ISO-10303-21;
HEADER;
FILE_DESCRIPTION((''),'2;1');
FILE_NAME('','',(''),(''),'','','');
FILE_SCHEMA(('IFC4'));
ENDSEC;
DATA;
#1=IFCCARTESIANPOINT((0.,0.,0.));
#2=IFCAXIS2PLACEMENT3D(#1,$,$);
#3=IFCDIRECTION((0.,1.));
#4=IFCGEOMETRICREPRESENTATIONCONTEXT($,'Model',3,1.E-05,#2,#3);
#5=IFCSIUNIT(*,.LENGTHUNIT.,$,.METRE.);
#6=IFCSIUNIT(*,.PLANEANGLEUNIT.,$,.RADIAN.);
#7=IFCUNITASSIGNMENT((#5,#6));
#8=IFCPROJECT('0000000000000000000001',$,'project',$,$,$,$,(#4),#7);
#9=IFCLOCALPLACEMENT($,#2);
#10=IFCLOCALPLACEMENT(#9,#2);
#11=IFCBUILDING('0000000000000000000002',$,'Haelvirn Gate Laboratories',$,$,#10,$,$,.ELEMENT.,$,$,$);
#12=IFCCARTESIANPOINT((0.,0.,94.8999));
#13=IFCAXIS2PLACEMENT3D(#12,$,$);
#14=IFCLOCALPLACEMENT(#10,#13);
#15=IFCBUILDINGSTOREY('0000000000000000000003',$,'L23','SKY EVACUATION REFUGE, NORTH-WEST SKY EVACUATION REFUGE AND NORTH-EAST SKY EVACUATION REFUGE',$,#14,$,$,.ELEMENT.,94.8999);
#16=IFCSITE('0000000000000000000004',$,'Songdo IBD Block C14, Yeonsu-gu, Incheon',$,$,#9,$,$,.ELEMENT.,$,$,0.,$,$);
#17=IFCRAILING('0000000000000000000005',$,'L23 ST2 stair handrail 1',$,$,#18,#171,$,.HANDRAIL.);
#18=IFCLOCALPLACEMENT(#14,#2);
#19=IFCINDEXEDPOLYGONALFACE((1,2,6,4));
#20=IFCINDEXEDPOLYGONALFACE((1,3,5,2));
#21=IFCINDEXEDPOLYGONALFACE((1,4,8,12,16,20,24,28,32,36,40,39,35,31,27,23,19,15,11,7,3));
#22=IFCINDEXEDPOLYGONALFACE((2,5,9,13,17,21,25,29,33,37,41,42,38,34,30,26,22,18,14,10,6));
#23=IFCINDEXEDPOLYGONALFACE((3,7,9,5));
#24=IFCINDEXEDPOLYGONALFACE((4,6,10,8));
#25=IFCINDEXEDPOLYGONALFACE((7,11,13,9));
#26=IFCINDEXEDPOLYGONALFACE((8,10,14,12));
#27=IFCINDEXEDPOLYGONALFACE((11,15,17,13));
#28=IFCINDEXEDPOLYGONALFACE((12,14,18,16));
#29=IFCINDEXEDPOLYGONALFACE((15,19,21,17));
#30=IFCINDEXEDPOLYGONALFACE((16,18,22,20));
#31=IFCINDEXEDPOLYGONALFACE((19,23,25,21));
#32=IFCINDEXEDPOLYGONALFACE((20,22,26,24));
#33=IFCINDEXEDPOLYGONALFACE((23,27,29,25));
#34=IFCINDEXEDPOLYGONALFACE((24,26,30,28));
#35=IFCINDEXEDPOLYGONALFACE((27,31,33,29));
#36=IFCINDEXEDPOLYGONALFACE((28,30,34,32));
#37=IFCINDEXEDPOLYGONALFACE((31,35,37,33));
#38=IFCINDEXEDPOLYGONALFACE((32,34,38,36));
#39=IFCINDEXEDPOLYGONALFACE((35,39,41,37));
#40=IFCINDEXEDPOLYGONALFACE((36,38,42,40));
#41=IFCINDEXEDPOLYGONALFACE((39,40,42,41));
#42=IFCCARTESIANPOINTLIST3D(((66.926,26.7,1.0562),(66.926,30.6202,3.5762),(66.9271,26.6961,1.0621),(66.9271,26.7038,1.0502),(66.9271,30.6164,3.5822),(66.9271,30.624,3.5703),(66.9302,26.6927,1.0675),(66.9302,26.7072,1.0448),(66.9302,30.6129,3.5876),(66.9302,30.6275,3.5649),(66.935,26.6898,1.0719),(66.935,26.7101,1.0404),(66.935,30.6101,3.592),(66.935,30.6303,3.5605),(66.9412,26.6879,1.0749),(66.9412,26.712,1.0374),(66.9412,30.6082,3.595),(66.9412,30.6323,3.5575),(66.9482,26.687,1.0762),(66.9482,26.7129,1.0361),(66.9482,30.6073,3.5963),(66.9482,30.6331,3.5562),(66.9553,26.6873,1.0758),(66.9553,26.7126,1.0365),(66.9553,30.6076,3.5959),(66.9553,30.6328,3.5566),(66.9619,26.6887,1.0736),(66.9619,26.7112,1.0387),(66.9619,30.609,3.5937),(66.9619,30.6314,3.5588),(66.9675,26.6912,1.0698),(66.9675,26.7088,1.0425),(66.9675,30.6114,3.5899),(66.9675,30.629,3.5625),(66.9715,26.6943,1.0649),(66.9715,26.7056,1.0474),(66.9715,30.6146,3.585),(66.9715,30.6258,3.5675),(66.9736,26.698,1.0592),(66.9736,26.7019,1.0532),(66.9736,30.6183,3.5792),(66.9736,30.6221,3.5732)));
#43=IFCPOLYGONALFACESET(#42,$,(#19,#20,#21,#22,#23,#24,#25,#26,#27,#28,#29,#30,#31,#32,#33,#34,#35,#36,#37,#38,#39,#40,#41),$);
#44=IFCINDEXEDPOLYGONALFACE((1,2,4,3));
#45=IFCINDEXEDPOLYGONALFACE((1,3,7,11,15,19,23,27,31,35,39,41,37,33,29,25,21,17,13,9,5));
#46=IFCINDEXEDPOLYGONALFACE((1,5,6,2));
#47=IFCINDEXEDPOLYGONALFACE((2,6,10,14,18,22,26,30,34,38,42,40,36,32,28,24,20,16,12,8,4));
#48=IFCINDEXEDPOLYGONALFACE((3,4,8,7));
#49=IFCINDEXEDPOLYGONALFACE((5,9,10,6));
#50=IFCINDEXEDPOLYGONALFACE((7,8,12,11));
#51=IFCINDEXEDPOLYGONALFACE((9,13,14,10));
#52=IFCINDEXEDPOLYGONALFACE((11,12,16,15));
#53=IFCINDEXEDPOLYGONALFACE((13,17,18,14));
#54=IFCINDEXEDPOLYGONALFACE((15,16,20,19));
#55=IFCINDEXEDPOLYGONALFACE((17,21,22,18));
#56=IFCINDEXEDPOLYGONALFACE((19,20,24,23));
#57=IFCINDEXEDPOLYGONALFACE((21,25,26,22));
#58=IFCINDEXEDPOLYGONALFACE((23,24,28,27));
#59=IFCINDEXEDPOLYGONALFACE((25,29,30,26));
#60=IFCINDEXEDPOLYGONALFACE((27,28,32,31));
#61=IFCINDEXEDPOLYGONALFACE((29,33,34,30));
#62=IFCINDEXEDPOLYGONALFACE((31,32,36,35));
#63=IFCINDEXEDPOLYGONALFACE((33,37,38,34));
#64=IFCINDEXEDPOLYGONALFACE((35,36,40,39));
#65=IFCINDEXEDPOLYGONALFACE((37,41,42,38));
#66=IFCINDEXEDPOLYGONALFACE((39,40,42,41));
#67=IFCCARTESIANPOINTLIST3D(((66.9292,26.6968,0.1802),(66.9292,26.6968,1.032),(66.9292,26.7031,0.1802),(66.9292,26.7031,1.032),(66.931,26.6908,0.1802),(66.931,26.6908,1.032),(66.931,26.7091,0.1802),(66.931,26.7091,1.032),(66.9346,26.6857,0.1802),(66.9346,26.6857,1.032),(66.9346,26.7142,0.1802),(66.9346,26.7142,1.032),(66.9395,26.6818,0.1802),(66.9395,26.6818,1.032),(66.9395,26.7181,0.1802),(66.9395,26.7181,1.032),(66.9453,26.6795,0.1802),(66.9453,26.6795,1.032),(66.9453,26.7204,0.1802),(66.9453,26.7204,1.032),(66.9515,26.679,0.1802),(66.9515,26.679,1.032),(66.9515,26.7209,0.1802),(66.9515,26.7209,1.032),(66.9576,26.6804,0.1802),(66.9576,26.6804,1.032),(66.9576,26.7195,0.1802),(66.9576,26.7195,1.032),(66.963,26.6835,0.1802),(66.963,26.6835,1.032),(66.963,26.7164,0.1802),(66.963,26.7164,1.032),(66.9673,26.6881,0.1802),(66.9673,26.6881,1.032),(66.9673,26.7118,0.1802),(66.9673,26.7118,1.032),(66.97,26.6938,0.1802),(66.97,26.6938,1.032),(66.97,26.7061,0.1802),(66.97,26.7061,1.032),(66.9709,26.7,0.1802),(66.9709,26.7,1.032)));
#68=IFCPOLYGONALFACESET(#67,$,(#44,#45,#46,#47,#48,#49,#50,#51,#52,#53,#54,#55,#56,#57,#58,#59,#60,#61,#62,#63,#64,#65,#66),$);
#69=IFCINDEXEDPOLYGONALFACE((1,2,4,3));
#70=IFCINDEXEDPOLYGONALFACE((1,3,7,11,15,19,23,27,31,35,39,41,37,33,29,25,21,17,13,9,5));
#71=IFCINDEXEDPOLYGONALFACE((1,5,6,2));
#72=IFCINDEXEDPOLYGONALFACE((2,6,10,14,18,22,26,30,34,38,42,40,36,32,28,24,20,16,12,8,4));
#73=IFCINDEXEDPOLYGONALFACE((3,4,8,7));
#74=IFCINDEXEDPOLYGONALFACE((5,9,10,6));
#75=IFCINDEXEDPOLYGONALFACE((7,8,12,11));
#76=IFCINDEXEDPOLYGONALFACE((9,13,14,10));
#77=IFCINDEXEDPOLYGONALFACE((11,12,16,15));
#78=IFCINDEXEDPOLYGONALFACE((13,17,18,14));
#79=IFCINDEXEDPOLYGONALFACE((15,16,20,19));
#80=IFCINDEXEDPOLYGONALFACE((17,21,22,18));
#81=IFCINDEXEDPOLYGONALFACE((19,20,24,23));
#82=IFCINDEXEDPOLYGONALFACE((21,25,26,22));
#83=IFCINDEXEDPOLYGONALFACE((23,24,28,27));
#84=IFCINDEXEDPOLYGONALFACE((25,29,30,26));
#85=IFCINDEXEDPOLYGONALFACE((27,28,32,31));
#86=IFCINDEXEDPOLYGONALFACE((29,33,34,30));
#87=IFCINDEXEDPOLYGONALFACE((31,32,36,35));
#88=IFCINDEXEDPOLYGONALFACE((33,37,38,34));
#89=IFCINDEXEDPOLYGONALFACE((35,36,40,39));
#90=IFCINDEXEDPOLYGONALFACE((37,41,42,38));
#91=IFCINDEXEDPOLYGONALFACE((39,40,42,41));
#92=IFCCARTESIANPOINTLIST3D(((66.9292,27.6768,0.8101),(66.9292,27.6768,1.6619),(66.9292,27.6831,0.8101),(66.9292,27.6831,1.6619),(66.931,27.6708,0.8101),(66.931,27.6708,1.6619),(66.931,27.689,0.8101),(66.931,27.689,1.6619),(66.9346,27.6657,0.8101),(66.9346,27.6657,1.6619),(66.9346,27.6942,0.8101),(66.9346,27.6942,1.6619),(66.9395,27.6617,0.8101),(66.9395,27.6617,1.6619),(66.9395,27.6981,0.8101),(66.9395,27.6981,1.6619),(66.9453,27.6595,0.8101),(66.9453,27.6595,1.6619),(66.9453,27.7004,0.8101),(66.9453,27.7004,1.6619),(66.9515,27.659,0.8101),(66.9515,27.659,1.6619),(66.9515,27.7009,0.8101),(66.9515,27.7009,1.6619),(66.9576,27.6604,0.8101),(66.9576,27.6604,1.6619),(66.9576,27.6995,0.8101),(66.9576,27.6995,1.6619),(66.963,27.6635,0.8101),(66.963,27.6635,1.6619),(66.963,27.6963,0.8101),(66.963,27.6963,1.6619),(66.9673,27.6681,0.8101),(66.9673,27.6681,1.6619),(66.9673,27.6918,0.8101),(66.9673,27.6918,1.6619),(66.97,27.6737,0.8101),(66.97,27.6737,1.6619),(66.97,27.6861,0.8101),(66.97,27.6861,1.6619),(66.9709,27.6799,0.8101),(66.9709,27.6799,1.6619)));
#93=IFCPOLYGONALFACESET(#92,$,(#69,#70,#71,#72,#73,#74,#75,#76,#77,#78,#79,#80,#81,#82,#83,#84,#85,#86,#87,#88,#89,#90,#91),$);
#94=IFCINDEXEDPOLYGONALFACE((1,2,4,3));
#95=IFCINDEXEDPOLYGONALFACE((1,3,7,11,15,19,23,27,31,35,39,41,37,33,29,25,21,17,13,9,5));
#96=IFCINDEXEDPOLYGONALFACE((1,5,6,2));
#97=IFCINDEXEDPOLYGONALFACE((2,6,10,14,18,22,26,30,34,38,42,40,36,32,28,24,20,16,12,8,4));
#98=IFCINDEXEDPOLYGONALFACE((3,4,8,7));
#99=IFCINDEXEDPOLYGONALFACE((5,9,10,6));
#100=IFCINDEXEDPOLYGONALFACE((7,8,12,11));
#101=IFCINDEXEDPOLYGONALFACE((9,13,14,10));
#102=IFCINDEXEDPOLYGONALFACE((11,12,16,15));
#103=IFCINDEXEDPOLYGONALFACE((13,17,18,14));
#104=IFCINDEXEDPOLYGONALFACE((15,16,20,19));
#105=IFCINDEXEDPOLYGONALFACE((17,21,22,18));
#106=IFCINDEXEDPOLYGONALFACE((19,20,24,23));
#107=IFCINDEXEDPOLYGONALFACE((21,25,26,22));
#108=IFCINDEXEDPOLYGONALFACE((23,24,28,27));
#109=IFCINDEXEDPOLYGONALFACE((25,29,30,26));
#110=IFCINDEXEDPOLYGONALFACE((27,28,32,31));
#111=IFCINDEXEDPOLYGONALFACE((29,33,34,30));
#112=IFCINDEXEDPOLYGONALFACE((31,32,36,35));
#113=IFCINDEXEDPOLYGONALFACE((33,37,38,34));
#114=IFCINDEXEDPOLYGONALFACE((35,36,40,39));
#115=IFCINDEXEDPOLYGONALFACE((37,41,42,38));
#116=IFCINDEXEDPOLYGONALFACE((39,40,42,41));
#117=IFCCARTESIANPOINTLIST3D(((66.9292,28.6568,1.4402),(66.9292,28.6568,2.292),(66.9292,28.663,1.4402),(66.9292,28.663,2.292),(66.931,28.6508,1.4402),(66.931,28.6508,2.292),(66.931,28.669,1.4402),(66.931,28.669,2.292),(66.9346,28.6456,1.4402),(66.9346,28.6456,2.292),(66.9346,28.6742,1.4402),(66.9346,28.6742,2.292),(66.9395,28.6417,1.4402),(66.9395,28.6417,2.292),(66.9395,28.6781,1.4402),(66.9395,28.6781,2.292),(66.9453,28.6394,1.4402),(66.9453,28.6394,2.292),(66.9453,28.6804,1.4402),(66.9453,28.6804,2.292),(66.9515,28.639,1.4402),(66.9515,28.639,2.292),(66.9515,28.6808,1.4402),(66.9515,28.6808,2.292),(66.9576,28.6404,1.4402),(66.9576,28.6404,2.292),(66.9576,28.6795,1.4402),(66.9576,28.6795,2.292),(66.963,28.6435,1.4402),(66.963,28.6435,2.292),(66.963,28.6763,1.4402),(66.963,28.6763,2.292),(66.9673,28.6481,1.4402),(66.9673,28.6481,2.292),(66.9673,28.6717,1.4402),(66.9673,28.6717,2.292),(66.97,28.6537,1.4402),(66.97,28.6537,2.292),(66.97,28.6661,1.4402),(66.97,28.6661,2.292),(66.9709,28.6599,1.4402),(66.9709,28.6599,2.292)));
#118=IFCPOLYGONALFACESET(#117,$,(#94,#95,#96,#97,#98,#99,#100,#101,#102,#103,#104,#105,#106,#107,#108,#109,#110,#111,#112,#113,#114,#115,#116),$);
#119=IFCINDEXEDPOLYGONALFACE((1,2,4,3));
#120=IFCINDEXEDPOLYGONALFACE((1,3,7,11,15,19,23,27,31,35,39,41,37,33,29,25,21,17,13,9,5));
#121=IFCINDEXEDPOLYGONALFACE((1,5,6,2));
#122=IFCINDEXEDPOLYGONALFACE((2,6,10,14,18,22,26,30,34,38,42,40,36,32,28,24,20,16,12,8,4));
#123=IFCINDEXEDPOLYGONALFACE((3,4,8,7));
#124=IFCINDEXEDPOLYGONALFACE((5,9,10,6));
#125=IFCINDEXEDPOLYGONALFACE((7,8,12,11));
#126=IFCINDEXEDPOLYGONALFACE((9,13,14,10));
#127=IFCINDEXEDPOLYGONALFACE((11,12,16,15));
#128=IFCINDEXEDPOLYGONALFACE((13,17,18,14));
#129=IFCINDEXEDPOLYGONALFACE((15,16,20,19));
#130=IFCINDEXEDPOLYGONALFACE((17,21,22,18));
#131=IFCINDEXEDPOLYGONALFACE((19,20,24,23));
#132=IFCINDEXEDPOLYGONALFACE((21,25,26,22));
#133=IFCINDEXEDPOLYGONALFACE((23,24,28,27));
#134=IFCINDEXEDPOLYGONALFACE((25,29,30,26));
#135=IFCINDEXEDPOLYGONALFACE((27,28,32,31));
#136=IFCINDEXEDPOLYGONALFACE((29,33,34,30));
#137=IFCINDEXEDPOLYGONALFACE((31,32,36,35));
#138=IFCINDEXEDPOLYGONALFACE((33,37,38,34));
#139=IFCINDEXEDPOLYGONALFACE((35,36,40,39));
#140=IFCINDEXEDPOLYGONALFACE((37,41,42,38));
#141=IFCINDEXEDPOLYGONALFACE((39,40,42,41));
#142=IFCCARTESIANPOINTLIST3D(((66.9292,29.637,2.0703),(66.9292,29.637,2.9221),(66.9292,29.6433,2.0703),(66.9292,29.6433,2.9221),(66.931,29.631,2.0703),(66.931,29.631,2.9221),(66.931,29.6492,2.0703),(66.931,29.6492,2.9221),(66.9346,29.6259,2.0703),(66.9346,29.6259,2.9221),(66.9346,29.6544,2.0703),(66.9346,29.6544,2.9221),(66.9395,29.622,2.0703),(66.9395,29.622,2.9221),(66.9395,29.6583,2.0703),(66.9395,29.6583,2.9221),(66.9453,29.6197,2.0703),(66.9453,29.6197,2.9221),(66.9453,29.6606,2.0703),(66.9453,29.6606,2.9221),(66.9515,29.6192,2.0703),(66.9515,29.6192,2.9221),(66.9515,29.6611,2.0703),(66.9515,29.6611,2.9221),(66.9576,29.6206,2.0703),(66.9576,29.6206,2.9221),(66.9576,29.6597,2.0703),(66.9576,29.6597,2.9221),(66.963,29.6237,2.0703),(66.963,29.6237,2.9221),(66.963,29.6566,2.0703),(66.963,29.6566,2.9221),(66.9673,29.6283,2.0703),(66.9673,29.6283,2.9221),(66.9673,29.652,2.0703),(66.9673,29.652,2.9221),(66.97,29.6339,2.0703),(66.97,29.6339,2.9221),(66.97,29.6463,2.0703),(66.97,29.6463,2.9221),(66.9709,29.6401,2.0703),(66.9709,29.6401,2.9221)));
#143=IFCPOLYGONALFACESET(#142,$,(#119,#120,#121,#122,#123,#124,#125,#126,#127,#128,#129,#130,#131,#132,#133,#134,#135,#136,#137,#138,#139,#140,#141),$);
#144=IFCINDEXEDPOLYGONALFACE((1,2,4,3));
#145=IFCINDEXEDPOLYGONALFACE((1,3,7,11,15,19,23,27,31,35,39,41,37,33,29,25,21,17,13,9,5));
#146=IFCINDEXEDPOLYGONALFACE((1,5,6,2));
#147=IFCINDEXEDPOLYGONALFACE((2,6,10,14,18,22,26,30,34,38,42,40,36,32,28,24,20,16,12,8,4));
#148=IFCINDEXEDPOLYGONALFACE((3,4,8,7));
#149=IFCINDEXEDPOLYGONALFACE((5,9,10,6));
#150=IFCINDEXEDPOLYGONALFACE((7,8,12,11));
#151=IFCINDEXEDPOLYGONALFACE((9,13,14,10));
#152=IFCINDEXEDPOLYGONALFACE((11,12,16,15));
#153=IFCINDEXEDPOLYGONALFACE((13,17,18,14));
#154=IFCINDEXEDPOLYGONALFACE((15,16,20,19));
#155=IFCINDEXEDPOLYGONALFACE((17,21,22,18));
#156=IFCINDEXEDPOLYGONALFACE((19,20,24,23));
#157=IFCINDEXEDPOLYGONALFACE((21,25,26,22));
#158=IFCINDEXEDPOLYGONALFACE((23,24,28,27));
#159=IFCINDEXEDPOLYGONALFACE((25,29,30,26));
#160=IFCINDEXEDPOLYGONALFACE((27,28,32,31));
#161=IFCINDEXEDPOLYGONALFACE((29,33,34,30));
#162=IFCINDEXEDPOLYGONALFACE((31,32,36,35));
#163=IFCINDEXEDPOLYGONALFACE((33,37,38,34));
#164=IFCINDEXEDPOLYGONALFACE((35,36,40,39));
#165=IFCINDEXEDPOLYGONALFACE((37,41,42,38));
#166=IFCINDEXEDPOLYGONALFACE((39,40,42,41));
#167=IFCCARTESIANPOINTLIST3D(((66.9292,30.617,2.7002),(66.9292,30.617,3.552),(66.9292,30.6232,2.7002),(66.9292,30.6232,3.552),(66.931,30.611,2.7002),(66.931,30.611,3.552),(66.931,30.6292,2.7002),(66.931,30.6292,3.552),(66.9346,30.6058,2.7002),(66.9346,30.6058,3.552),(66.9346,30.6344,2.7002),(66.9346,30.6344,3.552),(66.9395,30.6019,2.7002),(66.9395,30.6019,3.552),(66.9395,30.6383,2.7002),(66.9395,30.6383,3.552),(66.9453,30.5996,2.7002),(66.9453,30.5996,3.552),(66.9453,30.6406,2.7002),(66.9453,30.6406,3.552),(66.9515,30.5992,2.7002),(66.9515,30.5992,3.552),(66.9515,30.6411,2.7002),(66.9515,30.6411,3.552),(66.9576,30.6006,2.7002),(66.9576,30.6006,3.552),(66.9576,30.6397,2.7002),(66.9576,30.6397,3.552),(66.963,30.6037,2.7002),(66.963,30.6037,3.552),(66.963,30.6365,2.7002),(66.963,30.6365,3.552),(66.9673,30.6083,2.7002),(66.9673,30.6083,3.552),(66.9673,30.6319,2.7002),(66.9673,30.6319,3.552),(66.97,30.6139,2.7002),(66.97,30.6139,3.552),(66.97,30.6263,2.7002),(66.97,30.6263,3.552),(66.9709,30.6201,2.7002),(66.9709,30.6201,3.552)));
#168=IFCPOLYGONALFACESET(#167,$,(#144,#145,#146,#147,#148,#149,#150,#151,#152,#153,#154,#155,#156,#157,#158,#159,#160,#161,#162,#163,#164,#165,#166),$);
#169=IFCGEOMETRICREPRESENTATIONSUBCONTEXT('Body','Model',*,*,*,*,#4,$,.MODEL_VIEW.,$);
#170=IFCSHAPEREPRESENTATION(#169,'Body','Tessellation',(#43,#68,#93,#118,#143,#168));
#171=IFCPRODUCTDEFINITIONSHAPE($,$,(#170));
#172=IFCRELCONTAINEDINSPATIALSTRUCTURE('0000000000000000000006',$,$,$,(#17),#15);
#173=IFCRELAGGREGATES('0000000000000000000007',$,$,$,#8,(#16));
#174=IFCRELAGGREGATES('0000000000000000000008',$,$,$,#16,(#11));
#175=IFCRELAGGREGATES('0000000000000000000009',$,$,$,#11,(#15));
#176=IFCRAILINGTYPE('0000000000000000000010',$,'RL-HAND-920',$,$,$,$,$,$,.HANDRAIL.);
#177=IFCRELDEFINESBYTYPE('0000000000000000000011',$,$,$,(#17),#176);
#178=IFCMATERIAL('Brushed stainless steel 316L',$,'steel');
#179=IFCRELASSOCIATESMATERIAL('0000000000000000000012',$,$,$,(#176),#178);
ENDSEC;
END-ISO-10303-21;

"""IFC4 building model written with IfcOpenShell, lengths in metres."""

from ifc_helpers import new_model, si_unit, direction, frame, origin, origin_2d, place, context, subcontext, project, spatial, circle, extrude, source, transform, mapped, material, type_object, element, save


model = new_model("IFC4")

# Units and contexts
model_context = context("Model", 3, precision=1e-05, world=origin(), true_north=direction((0.0, 1.0)))
body_context = subcontext(model_context, "Body", "Model", "MODEL_VIEW")
ifc_project = project(units=[si_unit("LENGTHUNIT", "METRE"), si_unit("PLANEANGLEUNIT", "RADIAN")], contexts=[model_context])

# Site, building, storey
site_placement = place(None, origin())
site = spatial("IfcSite", under=ifc_project, at=site_placement, Name="Songdo IBD Block C14, Yeonsu-gu, Incheon", CompositionType="ELEMENT", RefElevation=0.0)
building_placement = place(site_placement, origin())
building = spatial("IfcBuilding", under=site, at=building_placement, Name="Haelvirn Gate Laboratories", CompositionType="ELEMENT")
storey_placement = place(building_placement, frame((0.0, 0.0, 94.8999)))
storey = spatial("IfcBuildingStorey", under=building, at=storey_placement, Name="L23", Description="SKY EVACUATION REFUGE, NORTH-WEST SKY EVACUATION REFUGE AND NORTH-EAST SKY EVACUATION REFUGE", CompositionType="ELEMENT", Elevation=94.8999)

# Railing
ifc_material_1 = material(Name="Brushed stainless steel 316L", Category="steel")
railing_type_1 = type_object("IfcRailingType", Name="RL-HAND-920", PredefinedType="HANDRAIL", material=ifc_material_1)
shared_shape_1 = source(origin(), body_context, "Body", "SweptSolid", [
    extrude(circle(Radius=0.0239, at=origin_2d()), frame((0.0, 0.0, 0.876), z_axis=(0.0, 0.841187, 0.540744), x_axis=(-1.0, 0.0, 0.0)), (0.0, 0.0, 1.0), 4.6604),
    extrude(circle(Radius=0.021, at=origin_2d()), origin(), (0.0, 0.0, 1.0), 0.8518),
    extrude(circle(Radius=0.021, at=origin_2d()), frame((0.0, 0.98, 0.6299)), (0.0, 0.0, 1.0), 0.8518),
    extrude(circle(Radius=0.021, at=origin_2d()), frame((0.0, 1.96, 1.26)), (0.0, 0.0, 1.0), 0.8518),
    extrude(circle(Radius=0.021, at=origin_2d()), frame((0.0, 2.9402, 1.8901)), (0.0, 0.0, 1.0), 0.8518),
    extrude(circle(Radius=0.021, at=origin_2d()), frame((0.0, 3.9202, 2.52)), (0.0, 0.0, 1.0), 0.8518),
])
railing_1_placement = place(storey_placement, frame((66.95, 26.7, 0.1802)))
element("IfcRailing", 1, at=railing_1_placement, inside=storey, type_object=railing_type_1, Name="L23 ST2 stair handrail 1", PredefinedType="HANDRAIL", context=body_context, shape_type="MappedRepresentation", body=[
    mapped(shared_shape_1, transform((0.0, 0.0, 0.0), scale=1.0)),
])

save(model, "model.ifc")
